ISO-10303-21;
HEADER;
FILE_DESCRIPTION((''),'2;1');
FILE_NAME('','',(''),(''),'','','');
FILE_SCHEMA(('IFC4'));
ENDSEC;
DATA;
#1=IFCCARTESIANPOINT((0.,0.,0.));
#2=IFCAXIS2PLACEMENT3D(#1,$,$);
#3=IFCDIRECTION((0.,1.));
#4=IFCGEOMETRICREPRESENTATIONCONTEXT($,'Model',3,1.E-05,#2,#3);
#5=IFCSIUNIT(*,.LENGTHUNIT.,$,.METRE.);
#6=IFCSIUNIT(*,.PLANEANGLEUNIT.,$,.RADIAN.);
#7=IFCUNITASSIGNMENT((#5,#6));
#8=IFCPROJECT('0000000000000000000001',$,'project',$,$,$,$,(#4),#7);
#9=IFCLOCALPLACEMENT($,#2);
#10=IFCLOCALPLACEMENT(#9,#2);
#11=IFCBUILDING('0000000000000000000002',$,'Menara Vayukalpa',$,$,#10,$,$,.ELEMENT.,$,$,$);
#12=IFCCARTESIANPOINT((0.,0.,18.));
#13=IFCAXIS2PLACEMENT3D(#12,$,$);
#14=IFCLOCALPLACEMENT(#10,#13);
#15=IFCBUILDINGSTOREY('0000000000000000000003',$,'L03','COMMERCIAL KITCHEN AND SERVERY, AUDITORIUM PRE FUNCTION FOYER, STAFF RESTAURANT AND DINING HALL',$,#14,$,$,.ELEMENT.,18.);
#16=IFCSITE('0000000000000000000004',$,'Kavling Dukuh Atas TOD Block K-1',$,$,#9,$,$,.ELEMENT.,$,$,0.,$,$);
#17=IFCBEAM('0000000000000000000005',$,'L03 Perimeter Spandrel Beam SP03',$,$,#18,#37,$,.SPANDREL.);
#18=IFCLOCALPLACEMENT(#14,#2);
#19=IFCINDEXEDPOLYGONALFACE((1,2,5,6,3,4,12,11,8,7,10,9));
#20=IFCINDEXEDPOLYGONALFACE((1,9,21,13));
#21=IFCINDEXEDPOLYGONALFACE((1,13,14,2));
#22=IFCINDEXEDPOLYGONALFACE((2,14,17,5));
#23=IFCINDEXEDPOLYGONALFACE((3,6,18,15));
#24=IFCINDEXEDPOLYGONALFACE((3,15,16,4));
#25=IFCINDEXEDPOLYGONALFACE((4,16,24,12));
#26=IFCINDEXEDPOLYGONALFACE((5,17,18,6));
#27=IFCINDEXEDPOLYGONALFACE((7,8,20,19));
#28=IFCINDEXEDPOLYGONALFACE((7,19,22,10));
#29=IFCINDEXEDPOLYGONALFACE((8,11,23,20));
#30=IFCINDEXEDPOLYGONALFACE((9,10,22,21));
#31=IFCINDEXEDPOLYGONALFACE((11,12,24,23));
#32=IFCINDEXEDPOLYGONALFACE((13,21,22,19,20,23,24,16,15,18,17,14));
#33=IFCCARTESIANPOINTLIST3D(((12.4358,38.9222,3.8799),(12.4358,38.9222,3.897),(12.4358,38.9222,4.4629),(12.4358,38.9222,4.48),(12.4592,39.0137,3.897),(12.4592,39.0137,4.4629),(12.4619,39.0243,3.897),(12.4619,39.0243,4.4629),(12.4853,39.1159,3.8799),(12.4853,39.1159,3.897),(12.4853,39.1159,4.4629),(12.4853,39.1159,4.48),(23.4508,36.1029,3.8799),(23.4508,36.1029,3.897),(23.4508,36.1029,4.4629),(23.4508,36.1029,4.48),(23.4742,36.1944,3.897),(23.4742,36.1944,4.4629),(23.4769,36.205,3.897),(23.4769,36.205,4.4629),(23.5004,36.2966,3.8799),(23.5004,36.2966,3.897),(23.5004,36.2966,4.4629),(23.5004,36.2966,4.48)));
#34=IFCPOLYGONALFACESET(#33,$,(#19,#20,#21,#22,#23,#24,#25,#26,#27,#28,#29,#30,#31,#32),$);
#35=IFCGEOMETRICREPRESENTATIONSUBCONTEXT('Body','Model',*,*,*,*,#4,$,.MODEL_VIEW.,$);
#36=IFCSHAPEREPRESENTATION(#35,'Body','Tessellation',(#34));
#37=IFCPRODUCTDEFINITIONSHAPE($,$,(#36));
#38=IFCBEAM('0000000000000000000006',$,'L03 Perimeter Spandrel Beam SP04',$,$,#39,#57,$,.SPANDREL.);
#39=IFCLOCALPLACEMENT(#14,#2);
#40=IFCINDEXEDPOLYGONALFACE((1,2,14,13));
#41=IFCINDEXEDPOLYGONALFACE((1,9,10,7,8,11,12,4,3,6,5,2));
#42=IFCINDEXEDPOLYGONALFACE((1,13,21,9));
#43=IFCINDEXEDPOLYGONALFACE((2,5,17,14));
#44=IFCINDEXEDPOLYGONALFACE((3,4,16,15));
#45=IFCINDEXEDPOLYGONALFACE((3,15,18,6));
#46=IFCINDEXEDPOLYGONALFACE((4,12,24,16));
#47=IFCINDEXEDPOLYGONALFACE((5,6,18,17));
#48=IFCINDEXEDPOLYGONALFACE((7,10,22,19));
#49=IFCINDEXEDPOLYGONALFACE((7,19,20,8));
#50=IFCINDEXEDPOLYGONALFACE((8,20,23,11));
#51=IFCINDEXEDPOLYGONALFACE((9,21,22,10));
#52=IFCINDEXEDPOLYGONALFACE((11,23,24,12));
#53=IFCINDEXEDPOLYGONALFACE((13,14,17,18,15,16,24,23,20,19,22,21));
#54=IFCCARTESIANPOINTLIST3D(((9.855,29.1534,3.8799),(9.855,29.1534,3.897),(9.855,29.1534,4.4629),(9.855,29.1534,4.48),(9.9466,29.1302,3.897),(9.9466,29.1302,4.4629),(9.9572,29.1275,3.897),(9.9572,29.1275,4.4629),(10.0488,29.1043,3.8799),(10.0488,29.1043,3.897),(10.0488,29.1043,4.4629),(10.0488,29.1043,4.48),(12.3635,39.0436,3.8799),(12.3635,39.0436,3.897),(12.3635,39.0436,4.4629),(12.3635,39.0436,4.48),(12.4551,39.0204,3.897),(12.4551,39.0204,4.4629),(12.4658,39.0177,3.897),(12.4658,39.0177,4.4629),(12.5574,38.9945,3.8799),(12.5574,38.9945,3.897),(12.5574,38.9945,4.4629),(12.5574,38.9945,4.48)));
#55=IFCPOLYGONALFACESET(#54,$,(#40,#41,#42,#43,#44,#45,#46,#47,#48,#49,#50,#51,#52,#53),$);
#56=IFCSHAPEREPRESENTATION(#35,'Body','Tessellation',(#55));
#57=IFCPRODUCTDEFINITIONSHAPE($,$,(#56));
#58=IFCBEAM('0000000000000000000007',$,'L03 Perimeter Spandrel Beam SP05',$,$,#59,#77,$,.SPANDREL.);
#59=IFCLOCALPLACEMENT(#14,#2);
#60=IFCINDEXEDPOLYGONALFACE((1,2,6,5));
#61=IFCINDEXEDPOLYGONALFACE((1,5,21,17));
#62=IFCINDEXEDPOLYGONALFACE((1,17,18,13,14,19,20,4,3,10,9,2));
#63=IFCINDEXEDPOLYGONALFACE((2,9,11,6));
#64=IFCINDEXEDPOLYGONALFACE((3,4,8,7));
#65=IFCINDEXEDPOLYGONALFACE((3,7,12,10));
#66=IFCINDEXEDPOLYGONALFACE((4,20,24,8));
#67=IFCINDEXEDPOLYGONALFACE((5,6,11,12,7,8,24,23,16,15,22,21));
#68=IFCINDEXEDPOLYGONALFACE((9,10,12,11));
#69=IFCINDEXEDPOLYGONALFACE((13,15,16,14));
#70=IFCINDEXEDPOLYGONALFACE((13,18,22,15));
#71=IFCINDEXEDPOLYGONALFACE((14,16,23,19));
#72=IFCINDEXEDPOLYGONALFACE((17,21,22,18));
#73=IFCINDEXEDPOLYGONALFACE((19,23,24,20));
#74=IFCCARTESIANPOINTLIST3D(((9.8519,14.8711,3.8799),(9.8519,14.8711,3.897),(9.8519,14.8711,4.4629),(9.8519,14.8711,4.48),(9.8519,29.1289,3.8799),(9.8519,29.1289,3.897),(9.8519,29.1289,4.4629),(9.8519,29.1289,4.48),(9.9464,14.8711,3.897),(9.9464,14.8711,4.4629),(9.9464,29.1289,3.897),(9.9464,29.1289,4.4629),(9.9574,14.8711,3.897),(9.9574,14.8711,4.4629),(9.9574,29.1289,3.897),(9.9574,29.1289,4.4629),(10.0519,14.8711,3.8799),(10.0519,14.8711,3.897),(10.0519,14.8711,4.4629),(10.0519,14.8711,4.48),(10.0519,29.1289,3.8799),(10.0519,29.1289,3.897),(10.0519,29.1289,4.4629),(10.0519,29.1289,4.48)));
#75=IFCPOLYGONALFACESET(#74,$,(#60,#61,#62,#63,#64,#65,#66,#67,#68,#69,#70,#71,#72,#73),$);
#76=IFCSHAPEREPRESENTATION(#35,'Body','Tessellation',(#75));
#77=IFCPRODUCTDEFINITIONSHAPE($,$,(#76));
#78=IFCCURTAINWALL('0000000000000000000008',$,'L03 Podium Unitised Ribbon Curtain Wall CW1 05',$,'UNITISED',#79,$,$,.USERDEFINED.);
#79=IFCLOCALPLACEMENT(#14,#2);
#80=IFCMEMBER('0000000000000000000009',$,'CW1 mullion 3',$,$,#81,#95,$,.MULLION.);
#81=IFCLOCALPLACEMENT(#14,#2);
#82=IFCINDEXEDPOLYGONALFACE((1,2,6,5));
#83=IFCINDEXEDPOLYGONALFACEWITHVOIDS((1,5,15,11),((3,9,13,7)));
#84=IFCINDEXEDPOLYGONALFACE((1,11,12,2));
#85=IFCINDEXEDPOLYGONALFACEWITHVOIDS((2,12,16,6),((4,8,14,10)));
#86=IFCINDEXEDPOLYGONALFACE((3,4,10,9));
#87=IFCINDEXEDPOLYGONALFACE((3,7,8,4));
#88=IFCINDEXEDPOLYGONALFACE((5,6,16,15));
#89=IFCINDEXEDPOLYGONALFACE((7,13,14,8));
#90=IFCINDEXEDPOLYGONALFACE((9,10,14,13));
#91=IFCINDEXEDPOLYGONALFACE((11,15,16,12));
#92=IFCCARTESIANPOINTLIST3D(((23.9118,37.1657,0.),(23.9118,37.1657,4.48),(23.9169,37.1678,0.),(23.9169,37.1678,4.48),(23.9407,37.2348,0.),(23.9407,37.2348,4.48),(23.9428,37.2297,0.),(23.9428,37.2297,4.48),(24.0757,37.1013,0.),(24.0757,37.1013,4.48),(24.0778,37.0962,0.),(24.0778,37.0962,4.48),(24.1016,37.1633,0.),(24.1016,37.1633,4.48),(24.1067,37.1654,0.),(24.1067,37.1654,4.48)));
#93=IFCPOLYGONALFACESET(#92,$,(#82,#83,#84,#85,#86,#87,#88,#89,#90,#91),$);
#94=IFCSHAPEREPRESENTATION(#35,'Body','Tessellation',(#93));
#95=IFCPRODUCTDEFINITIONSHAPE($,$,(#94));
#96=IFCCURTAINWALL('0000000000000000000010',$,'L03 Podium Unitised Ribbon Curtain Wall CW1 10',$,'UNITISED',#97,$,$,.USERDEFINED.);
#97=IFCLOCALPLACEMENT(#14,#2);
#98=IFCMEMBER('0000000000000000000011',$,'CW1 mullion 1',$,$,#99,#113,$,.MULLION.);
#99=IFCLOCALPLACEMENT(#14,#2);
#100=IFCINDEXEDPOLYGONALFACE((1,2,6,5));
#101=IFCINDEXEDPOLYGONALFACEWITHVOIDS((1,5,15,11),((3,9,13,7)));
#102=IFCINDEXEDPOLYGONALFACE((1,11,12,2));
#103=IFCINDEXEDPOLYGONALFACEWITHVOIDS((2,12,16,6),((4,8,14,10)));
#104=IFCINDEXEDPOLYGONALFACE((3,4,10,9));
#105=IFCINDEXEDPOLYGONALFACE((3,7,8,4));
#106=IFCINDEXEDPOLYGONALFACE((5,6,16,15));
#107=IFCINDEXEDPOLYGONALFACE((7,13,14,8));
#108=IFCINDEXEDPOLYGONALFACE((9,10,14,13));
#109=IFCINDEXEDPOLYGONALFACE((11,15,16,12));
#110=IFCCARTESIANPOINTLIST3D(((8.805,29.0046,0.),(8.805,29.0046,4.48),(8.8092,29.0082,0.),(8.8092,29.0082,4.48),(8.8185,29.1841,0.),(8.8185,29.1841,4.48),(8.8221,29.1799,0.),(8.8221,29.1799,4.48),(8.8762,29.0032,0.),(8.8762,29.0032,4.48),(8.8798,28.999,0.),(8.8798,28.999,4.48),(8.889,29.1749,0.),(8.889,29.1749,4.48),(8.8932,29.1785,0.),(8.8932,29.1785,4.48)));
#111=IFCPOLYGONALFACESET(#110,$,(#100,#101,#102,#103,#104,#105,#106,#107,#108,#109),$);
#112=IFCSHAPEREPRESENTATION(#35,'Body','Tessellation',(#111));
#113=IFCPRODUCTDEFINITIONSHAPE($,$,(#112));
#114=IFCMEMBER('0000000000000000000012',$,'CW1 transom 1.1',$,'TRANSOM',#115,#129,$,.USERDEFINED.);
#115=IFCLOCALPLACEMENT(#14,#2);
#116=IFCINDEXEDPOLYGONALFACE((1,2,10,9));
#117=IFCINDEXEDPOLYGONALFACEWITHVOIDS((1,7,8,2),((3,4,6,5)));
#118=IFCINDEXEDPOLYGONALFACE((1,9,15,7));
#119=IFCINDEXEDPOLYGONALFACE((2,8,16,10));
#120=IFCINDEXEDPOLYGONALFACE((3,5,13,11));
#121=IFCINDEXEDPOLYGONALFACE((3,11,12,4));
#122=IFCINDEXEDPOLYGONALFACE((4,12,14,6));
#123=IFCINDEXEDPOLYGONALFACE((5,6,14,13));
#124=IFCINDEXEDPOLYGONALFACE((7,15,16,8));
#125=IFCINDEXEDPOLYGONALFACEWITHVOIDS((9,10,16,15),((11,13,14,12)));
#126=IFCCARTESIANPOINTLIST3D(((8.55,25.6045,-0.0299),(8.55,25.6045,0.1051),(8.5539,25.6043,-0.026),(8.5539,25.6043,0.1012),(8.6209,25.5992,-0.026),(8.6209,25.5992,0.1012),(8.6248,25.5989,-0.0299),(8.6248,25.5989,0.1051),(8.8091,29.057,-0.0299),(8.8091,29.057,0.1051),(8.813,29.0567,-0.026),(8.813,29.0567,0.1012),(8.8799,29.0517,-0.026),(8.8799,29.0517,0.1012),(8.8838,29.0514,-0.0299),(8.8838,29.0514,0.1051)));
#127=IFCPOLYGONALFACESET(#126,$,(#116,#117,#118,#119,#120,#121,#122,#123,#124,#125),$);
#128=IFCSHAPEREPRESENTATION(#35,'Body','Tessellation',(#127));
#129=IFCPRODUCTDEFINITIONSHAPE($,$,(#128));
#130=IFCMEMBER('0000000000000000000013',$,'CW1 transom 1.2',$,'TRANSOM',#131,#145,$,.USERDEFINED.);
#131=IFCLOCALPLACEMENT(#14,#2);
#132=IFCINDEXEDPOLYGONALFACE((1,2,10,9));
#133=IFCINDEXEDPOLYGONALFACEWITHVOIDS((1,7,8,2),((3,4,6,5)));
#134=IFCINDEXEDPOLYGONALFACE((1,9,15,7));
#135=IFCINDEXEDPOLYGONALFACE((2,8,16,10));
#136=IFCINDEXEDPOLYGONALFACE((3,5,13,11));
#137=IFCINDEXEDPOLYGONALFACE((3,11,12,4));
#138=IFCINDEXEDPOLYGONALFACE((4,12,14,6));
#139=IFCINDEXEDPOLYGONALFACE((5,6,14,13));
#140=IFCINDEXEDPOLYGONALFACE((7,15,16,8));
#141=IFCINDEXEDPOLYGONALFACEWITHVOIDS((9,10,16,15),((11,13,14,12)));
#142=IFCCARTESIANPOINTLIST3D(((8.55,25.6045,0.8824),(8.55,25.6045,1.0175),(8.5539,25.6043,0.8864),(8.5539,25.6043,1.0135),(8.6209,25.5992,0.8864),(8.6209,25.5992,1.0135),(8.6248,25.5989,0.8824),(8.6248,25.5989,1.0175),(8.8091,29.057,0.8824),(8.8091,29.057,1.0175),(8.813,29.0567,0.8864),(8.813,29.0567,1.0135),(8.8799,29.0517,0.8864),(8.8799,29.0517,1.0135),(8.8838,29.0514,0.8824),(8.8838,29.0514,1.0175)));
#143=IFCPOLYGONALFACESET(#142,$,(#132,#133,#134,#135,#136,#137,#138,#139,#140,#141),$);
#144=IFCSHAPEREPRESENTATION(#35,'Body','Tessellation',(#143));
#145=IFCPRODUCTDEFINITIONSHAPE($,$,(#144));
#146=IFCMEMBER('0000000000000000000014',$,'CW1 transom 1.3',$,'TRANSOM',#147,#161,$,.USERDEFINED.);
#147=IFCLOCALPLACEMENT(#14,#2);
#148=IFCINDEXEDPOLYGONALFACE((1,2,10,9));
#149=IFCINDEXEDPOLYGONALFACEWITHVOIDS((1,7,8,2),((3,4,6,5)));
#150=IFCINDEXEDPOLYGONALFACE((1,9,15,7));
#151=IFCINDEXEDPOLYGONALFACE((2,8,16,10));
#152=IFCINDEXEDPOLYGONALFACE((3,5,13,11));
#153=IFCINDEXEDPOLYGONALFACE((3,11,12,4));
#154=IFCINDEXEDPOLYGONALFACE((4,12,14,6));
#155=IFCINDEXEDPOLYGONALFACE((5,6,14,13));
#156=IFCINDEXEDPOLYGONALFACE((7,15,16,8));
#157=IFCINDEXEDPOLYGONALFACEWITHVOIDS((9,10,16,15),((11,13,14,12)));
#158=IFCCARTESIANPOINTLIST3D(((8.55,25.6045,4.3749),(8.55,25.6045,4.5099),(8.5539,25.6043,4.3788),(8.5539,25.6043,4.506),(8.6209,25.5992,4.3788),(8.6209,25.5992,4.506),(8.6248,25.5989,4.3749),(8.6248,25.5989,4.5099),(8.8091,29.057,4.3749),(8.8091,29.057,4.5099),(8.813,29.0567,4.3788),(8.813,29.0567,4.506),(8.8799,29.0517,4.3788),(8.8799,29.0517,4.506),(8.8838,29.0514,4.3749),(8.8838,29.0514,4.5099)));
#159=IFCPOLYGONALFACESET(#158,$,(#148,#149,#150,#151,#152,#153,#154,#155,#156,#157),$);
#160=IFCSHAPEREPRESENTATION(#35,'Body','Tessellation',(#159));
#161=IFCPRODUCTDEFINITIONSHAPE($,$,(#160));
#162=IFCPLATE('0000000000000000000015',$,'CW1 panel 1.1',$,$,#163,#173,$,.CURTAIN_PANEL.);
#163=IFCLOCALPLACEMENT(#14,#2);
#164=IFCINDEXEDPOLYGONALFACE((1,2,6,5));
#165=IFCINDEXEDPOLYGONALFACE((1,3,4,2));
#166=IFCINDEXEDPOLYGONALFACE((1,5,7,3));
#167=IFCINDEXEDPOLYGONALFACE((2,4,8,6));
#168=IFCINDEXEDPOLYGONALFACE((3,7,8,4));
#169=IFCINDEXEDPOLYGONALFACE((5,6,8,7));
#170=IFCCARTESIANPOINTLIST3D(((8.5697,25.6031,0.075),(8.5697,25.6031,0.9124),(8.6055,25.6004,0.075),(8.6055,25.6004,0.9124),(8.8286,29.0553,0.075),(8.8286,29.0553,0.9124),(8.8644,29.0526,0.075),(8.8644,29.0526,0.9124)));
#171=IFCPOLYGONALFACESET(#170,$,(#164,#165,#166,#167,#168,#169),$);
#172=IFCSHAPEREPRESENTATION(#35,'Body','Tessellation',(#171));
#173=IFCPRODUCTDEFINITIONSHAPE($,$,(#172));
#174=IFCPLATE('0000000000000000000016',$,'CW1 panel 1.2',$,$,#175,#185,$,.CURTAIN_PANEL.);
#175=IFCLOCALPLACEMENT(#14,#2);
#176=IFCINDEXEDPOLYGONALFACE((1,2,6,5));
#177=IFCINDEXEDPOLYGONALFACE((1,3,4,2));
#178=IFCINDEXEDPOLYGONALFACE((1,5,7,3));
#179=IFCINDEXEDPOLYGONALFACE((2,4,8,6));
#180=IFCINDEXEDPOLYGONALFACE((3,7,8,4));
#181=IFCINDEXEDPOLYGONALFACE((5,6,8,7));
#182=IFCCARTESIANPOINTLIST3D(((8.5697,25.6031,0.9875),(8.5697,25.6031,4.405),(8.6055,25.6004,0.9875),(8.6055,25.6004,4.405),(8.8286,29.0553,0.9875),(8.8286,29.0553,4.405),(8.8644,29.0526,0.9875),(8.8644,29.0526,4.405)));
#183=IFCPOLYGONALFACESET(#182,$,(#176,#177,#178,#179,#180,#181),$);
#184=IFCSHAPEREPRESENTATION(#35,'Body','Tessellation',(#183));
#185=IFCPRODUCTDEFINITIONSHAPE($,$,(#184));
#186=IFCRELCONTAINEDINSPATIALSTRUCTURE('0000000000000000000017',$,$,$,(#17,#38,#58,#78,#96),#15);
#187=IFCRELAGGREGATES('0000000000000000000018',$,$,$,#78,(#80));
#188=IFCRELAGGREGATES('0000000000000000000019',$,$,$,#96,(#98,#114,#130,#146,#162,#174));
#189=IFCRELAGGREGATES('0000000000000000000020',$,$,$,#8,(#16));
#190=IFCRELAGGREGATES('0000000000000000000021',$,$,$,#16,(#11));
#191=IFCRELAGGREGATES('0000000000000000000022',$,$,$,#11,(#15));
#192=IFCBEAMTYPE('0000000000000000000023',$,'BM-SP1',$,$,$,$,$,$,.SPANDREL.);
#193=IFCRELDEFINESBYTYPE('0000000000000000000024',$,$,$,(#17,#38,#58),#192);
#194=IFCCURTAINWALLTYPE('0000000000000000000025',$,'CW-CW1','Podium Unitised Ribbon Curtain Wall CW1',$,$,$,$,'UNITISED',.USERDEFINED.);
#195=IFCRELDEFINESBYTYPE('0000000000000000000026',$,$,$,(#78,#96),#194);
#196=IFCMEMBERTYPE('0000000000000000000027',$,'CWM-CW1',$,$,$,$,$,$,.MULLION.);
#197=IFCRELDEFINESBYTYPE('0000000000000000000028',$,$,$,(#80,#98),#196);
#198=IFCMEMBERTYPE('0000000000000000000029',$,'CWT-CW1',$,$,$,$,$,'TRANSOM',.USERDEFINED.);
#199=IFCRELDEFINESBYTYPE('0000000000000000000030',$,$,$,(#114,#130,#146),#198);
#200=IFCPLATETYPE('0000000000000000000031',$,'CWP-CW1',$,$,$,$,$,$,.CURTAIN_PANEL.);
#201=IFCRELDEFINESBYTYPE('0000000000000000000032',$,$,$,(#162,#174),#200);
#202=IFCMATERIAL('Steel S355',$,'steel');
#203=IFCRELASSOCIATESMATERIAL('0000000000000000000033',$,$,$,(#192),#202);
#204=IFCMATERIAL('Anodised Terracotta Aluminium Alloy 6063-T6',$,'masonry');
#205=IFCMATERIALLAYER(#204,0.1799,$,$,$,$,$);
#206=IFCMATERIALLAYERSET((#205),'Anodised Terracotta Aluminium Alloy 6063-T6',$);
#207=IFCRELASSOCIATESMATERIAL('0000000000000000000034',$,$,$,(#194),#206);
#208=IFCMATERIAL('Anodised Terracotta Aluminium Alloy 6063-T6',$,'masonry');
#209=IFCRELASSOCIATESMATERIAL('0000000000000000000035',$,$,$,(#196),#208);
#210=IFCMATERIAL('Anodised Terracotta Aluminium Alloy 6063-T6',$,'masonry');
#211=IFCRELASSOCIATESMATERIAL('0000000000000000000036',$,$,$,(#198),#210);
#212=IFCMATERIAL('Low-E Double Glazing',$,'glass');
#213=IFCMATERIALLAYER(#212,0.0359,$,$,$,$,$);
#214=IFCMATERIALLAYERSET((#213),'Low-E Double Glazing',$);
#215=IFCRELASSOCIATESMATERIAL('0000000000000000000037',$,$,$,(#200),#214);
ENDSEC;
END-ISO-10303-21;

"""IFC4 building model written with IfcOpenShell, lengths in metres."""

from ifc_helpers import new_model, si_unit, direction, frame, origin, origin_2d, place, context, subcontext, project, spatial, rectangle, hollow_rectangle, i_section, extrude, material, layer, layer_set, material_profile, profile_set, type_object, element, aggregate, save


model = new_model("IFC4")

# Units and contexts
model_context = context("Model", 3, precision=1e-05, world=origin(), true_north=direction((0.0, 1.0)))
body_context = subcontext(model_context, "Body", "Model", "MODEL_VIEW")
ifc_project = project(units=[si_unit("LENGTHUNIT", "METRE"), si_unit("PLANEANGLEUNIT", "RADIAN")], contexts=[model_context])

# Site, building, storey
site_placement = place(None, origin())
site = spatial("IfcSite", under=ifc_project, at=site_placement, Name="Kavling Dukuh Atas TOD Block K-1", CompositionType="ELEMENT", RefElevation=0.0)
building_placement = place(site_placement, origin())
building = spatial("IfcBuilding", under=site, at=building_placement, Name="Menara Vayukalpa", CompositionType="ELEMENT")
storey_placement = place(building_placement, frame((0.0, 0.0, 18.0)))
storey = spatial("IfcBuildingStorey", under=building, at=storey_placement, Name="L03", Description="COMMERCIAL KITCHEN AND SERVERY, AUDITORIUM PRE FUNCTION FOYER, STAFF RESTAURANT AND DINING HALL", CompositionType="ELEMENT", Elevation=18.0)

# Beams
ifc_material_1 = material(Name="Steel S355", Category="steel")
ifc_material_profile_1 = material_profile(ifc_material_1, i_section(OverallWidth=0.2, OverallDepth=0.6001, WebThickness=0.011, FlangeThickness=0.0171, at=origin_2d()), Name="WF 600x200x11x17")
ifc_profile_set_1 = profile_set([ifc_material_profile_1], Name="Steel S355")
beam_type_1 = type_object("IfcBeamType", Name="BM-SP1", PredefinedType="SPANDREL", material=ifc_profile_set_1)
beam_1_placement = place(storey_placement, frame((23.4756, 36.1997, 4.1799), z_axis=(-0.968771, 0.247958, 0.0), x_axis=(-0.247958, -0.968771, 0.0)))
element("IfcBeam", 1, at=beam_1_placement, inside=storey, type_object=beam_type_1, Name="L03 Perimeter Spandrel Beam SP03", PredefinedType="SPANDREL", context=body_context, shape_type="SweptSolid", body=[
    extrude(i_section(OverallWidth=0.2, OverallDepth=0.6001, WebThickness=0.011, FlangeThickness=0.0171, at=origin_2d()), origin(), (0.0, 0.0, 1.0), 11.3701),
])
beam_2_placement = place(storey_placement, frame((12.4604, 39.019, 4.1799), z_axis=(-0.245856, -0.969306, 0.0), x_axis=(0.969306, -0.245856, 0.0)))
element("IfcBeam", 2, at=beam_2_placement, inside=storey, type_object=beam_type_1, Name="L03 Perimeter Spandrel Beam SP04", PredefinedType="SPANDREL", context=body_context, shape_type="SweptSolid", body=[
    extrude(i_section(OverallWidth=0.2, OverallDepth=0.6001, WebThickness=0.011, FlangeThickness=0.0171, at=origin_2d()), origin(), (0.0, 0.0, 1.0), 10.2034),
])
beam_3_placement = place(storey_placement, frame((9.9519, 29.1289, 4.1799), z_axis=(0.0, -1.0, 0.0), x_axis=(1.0, 0.0, 0.0)))
element("IfcBeam", 3, at=beam_3_placement, inside=storey, type_object=beam_type_1, Name="L03 Perimeter Spandrel Beam SP05", PredefinedType="SPANDREL", context=body_context, shape_type="SweptSolid", body=[
    extrude(i_section(OverallWidth=0.2, OverallDepth=0.6001, WebThickness=0.011, FlangeThickness=0.0171, at=origin_2d()), origin(), (0.0, 0.0, 1.0), 14.2578),
])

# Curtain wall, member
ifc_material_2 = material(Name="Anodised Terracotta Aluminium Alloy 6063-T6", Category="masonry")
ifc_layer_1 = layer(ifc_material_2, 0.1799)
ifc_layer_set_1 = layer_set([ifc_layer_1], Name="Anodised Terracotta Aluminium Alloy 6063-T6")
curtain_wall_type = type_object("IfcCurtainWallType", Name="CW-CW1", Description="Podium Unitised Ribbon Curtain Wall CW1", ElementType="UNITISED", PredefinedType="USERDEFINED", material=ifc_layer_set_1)
curtain_wall_1_placement = place(storey_placement, origin())
curtain_wall_1 = element("IfcCurtainWall", 4, at=curtain_wall_1_placement, inside=storey, type_object=curtain_wall_type, Name="L03 Podium Unitised Ribbon Curtain Wall CW1 05", ObjectType="UNITISED", PredefinedType="USERDEFINED")
ifc_material_3 = material(Name="Anodised Terracotta Aluminium Alloy 6063-T6", Category="masonry")
ifc_material_profile_2 = material_profile(ifc_material_3, hollow_rectangle(XDim=0.075, YDim=0.1799, WallThickness=0.0039, at=origin_2d()), Name="ALU 75x180x4")
ifc_profile_set_2 = profile_set([ifc_material_profile_2], Name="Anodised Terracotta Aluminium Alloy 6063-T6")
member_type_1 = type_object("IfcMemberType", Name="CWM-CW1", PredefinedType="MULLION", material=ifc_profile_set_2)
member_1_placement = place(storey_placement, frame((24.0093, 37.1655, 0.0), z_axis=(0.0, 0.0, 1.0), x_axis=(-0.385891, -0.922545, 0.0)))
member_1 = element("IfcMember", 5, at=member_1_placement, type_object=member_type_1, Name="CW1 mullion 3", PredefinedType="MULLION", context=body_context, shape_type="SweptSolid", body=[
    extrude(hollow_rectangle(XDim=0.075, YDim=0.1799, WallThickness=0.0039, at=origin_2d()), origin(), (0.0, 0.0, 1.0), 4.48),
])
aggregate(curtain_wall_1, [member_1])

# Curtain wall, members, plates
curtain_wall_2_placement = place(storey_placement, origin())
curtain_wall_2 = element("IfcCurtainWall", 6, at=curtain_wall_2_placement, inside=storey, type_object=curtain_wall_type, Name="L03 Podium Unitised Ribbon Curtain Wall CW1 10", ObjectType="UNITISED", PredefinedType="USERDEFINED")
member_2_placement = place(storey_placement, frame((8.8491, 29.0916, 0.0), z_axis=(0.0, 0.0, 1.0), x_axis=(0.997199, -0.074794, 0.0)))
member_2 = element("IfcMember", 7, at=member_2_placement, type_object=member_type_1, Name="CW1 mullion 1", PredefinedType="MULLION", context=body_context, shape_type="SweptSolid", body=[
    extrude(hollow_rectangle(XDim=0.075, YDim=0.1799, WallThickness=0.0039, at=origin_2d()), origin(), (0.0, 0.0, 1.0), 4.48),
])
ifc_material_4 = material(Name="Anodised Terracotta Aluminium Alloy 6063-T6", Category="masonry")
ifc_material_profile_3 = material_profile(ifc_material_4, hollow_rectangle(XDim=0.075, YDim=0.135, WallThickness=0.0039, at=origin_2d()), Name="ALU 75x135x4")
ifc_profile_set_3 = profile_set([ifc_material_profile_3], Name="Anodised Terracotta Aluminium Alloy 6063-T6")
member_type_2 = type_object("IfcMemberType", Name="CWT-CW1", ElementType="TRANSOM", PredefinedType="USERDEFINED", material=ifc_profile_set_3)
member_3_placement = place(storey_placement, frame((8.8464, 29.0542, 0.0376), z_axis=(-0.07482, -0.997197, 0.0), x_axis=(0.997197, -0.07482, 0.0)))
member_3 = element("IfcMember", 8, at=member_3_placement, type_object=member_type_2, Name="CW1 transom 1.1", ObjectType="TRANSOM", PredefinedType="USERDEFINED", context=body_context, shape_type="SweptSolid", body=[
    extrude(hollow_rectangle(XDim=0.075, YDim=0.135, WallThickness=0.0039, at=origin_2d()), origin(), (0.0, 0.0, 1.0), 3.4622),
])
member_4_placement = place(storey_placement, frame((8.8464, 29.0542, 0.95), z_axis=(-0.07482, -0.997197, 0.0), x_axis=(0.997197, -0.07482, 0.0)))
member_4 = element("IfcMember", 9, at=member_4_placement, type_object=member_type_2, Name="CW1 transom 1.2", ObjectType="TRANSOM", PredefinedType="USERDEFINED", context=body_context, shape_type="SweptSolid", body=[
    extrude(hollow_rectangle(XDim=0.075, YDim=0.135, WallThickness=0.0039, at=origin_2d()), origin(), (0.0, 0.0, 1.0), 3.4622),
])
member_5_placement = place(storey_placement, frame((8.8464, 29.0542, 4.4424), z_axis=(-0.07482, -0.997197, 0.0), x_axis=(0.997197, -0.07482, 0.0)))
member_5 = element("IfcMember", 10, at=member_5_placement, type_object=member_type_2, Name="CW1 transom 1.3", ObjectType="TRANSOM", PredefinedType="USERDEFINED", context=body_context, shape_type="SweptSolid", body=[
    extrude(hollow_rectangle(XDim=0.075, YDim=0.135, WallThickness=0.0039, at=origin_2d()), origin(), (0.0, 0.0, 1.0), 3.4622),
])
ifc_material_5 = material(Name="Low-E Double Glazing", Category="glass")
ifc_layer_2 = layer(ifc_material_5, 0.0359)
ifc_layer_set_2 = layer_set([ifc_layer_2], Name="Low-E Double Glazing")
plate_type = type_object("IfcPlateType", Name="CWP-CW1", PredefinedType="CURTAIN_PANEL", material=ifc_layer_set_2)
plate_1_placement = place(storey_placement, frame((8.717, 27.3279, 0.075), z_axis=(0.0, 0.0, 1.0), x_axis=(-0.074794, -0.997199, 0.0)))
plate_1 = element("IfcPlate", 11, at=plate_1_placement, type_object=plate_type, Name="CW1 panel 1.1", PredefinedType="CURTAIN_PANEL", context=body_context, shape_type="SweptSolid", body=[
    extrude(rectangle(XDim=3.4619, YDim=0.0359, at=origin_2d()), origin(), (0.0, 0.0, 1.0), 0.8374),
])
plate_2_placement = place(storey_placement, frame((8.717, 27.3279, 0.9875), z_axis=(0.0, 0.0, 1.0), x_axis=(-0.074794, -0.997199, 0.0)))
plate_2 = element("IfcPlate", 12, at=plate_2_placement, type_object=plate_type, Name="CW1 panel 1.2", PredefinedType="CURTAIN_PANEL", context=body_context, shape_type="SweptSolid", body=[
    extrude(rectangle(XDim=3.4619, YDim=0.0359, at=origin_2d()), origin(), (0.0, 0.0, 1.0), 3.4175),
])
aggregate(curtain_wall_2, [member_2, member_3, member_4, member_5, plate_1, plate_2])

save(model, "model.ifc")
